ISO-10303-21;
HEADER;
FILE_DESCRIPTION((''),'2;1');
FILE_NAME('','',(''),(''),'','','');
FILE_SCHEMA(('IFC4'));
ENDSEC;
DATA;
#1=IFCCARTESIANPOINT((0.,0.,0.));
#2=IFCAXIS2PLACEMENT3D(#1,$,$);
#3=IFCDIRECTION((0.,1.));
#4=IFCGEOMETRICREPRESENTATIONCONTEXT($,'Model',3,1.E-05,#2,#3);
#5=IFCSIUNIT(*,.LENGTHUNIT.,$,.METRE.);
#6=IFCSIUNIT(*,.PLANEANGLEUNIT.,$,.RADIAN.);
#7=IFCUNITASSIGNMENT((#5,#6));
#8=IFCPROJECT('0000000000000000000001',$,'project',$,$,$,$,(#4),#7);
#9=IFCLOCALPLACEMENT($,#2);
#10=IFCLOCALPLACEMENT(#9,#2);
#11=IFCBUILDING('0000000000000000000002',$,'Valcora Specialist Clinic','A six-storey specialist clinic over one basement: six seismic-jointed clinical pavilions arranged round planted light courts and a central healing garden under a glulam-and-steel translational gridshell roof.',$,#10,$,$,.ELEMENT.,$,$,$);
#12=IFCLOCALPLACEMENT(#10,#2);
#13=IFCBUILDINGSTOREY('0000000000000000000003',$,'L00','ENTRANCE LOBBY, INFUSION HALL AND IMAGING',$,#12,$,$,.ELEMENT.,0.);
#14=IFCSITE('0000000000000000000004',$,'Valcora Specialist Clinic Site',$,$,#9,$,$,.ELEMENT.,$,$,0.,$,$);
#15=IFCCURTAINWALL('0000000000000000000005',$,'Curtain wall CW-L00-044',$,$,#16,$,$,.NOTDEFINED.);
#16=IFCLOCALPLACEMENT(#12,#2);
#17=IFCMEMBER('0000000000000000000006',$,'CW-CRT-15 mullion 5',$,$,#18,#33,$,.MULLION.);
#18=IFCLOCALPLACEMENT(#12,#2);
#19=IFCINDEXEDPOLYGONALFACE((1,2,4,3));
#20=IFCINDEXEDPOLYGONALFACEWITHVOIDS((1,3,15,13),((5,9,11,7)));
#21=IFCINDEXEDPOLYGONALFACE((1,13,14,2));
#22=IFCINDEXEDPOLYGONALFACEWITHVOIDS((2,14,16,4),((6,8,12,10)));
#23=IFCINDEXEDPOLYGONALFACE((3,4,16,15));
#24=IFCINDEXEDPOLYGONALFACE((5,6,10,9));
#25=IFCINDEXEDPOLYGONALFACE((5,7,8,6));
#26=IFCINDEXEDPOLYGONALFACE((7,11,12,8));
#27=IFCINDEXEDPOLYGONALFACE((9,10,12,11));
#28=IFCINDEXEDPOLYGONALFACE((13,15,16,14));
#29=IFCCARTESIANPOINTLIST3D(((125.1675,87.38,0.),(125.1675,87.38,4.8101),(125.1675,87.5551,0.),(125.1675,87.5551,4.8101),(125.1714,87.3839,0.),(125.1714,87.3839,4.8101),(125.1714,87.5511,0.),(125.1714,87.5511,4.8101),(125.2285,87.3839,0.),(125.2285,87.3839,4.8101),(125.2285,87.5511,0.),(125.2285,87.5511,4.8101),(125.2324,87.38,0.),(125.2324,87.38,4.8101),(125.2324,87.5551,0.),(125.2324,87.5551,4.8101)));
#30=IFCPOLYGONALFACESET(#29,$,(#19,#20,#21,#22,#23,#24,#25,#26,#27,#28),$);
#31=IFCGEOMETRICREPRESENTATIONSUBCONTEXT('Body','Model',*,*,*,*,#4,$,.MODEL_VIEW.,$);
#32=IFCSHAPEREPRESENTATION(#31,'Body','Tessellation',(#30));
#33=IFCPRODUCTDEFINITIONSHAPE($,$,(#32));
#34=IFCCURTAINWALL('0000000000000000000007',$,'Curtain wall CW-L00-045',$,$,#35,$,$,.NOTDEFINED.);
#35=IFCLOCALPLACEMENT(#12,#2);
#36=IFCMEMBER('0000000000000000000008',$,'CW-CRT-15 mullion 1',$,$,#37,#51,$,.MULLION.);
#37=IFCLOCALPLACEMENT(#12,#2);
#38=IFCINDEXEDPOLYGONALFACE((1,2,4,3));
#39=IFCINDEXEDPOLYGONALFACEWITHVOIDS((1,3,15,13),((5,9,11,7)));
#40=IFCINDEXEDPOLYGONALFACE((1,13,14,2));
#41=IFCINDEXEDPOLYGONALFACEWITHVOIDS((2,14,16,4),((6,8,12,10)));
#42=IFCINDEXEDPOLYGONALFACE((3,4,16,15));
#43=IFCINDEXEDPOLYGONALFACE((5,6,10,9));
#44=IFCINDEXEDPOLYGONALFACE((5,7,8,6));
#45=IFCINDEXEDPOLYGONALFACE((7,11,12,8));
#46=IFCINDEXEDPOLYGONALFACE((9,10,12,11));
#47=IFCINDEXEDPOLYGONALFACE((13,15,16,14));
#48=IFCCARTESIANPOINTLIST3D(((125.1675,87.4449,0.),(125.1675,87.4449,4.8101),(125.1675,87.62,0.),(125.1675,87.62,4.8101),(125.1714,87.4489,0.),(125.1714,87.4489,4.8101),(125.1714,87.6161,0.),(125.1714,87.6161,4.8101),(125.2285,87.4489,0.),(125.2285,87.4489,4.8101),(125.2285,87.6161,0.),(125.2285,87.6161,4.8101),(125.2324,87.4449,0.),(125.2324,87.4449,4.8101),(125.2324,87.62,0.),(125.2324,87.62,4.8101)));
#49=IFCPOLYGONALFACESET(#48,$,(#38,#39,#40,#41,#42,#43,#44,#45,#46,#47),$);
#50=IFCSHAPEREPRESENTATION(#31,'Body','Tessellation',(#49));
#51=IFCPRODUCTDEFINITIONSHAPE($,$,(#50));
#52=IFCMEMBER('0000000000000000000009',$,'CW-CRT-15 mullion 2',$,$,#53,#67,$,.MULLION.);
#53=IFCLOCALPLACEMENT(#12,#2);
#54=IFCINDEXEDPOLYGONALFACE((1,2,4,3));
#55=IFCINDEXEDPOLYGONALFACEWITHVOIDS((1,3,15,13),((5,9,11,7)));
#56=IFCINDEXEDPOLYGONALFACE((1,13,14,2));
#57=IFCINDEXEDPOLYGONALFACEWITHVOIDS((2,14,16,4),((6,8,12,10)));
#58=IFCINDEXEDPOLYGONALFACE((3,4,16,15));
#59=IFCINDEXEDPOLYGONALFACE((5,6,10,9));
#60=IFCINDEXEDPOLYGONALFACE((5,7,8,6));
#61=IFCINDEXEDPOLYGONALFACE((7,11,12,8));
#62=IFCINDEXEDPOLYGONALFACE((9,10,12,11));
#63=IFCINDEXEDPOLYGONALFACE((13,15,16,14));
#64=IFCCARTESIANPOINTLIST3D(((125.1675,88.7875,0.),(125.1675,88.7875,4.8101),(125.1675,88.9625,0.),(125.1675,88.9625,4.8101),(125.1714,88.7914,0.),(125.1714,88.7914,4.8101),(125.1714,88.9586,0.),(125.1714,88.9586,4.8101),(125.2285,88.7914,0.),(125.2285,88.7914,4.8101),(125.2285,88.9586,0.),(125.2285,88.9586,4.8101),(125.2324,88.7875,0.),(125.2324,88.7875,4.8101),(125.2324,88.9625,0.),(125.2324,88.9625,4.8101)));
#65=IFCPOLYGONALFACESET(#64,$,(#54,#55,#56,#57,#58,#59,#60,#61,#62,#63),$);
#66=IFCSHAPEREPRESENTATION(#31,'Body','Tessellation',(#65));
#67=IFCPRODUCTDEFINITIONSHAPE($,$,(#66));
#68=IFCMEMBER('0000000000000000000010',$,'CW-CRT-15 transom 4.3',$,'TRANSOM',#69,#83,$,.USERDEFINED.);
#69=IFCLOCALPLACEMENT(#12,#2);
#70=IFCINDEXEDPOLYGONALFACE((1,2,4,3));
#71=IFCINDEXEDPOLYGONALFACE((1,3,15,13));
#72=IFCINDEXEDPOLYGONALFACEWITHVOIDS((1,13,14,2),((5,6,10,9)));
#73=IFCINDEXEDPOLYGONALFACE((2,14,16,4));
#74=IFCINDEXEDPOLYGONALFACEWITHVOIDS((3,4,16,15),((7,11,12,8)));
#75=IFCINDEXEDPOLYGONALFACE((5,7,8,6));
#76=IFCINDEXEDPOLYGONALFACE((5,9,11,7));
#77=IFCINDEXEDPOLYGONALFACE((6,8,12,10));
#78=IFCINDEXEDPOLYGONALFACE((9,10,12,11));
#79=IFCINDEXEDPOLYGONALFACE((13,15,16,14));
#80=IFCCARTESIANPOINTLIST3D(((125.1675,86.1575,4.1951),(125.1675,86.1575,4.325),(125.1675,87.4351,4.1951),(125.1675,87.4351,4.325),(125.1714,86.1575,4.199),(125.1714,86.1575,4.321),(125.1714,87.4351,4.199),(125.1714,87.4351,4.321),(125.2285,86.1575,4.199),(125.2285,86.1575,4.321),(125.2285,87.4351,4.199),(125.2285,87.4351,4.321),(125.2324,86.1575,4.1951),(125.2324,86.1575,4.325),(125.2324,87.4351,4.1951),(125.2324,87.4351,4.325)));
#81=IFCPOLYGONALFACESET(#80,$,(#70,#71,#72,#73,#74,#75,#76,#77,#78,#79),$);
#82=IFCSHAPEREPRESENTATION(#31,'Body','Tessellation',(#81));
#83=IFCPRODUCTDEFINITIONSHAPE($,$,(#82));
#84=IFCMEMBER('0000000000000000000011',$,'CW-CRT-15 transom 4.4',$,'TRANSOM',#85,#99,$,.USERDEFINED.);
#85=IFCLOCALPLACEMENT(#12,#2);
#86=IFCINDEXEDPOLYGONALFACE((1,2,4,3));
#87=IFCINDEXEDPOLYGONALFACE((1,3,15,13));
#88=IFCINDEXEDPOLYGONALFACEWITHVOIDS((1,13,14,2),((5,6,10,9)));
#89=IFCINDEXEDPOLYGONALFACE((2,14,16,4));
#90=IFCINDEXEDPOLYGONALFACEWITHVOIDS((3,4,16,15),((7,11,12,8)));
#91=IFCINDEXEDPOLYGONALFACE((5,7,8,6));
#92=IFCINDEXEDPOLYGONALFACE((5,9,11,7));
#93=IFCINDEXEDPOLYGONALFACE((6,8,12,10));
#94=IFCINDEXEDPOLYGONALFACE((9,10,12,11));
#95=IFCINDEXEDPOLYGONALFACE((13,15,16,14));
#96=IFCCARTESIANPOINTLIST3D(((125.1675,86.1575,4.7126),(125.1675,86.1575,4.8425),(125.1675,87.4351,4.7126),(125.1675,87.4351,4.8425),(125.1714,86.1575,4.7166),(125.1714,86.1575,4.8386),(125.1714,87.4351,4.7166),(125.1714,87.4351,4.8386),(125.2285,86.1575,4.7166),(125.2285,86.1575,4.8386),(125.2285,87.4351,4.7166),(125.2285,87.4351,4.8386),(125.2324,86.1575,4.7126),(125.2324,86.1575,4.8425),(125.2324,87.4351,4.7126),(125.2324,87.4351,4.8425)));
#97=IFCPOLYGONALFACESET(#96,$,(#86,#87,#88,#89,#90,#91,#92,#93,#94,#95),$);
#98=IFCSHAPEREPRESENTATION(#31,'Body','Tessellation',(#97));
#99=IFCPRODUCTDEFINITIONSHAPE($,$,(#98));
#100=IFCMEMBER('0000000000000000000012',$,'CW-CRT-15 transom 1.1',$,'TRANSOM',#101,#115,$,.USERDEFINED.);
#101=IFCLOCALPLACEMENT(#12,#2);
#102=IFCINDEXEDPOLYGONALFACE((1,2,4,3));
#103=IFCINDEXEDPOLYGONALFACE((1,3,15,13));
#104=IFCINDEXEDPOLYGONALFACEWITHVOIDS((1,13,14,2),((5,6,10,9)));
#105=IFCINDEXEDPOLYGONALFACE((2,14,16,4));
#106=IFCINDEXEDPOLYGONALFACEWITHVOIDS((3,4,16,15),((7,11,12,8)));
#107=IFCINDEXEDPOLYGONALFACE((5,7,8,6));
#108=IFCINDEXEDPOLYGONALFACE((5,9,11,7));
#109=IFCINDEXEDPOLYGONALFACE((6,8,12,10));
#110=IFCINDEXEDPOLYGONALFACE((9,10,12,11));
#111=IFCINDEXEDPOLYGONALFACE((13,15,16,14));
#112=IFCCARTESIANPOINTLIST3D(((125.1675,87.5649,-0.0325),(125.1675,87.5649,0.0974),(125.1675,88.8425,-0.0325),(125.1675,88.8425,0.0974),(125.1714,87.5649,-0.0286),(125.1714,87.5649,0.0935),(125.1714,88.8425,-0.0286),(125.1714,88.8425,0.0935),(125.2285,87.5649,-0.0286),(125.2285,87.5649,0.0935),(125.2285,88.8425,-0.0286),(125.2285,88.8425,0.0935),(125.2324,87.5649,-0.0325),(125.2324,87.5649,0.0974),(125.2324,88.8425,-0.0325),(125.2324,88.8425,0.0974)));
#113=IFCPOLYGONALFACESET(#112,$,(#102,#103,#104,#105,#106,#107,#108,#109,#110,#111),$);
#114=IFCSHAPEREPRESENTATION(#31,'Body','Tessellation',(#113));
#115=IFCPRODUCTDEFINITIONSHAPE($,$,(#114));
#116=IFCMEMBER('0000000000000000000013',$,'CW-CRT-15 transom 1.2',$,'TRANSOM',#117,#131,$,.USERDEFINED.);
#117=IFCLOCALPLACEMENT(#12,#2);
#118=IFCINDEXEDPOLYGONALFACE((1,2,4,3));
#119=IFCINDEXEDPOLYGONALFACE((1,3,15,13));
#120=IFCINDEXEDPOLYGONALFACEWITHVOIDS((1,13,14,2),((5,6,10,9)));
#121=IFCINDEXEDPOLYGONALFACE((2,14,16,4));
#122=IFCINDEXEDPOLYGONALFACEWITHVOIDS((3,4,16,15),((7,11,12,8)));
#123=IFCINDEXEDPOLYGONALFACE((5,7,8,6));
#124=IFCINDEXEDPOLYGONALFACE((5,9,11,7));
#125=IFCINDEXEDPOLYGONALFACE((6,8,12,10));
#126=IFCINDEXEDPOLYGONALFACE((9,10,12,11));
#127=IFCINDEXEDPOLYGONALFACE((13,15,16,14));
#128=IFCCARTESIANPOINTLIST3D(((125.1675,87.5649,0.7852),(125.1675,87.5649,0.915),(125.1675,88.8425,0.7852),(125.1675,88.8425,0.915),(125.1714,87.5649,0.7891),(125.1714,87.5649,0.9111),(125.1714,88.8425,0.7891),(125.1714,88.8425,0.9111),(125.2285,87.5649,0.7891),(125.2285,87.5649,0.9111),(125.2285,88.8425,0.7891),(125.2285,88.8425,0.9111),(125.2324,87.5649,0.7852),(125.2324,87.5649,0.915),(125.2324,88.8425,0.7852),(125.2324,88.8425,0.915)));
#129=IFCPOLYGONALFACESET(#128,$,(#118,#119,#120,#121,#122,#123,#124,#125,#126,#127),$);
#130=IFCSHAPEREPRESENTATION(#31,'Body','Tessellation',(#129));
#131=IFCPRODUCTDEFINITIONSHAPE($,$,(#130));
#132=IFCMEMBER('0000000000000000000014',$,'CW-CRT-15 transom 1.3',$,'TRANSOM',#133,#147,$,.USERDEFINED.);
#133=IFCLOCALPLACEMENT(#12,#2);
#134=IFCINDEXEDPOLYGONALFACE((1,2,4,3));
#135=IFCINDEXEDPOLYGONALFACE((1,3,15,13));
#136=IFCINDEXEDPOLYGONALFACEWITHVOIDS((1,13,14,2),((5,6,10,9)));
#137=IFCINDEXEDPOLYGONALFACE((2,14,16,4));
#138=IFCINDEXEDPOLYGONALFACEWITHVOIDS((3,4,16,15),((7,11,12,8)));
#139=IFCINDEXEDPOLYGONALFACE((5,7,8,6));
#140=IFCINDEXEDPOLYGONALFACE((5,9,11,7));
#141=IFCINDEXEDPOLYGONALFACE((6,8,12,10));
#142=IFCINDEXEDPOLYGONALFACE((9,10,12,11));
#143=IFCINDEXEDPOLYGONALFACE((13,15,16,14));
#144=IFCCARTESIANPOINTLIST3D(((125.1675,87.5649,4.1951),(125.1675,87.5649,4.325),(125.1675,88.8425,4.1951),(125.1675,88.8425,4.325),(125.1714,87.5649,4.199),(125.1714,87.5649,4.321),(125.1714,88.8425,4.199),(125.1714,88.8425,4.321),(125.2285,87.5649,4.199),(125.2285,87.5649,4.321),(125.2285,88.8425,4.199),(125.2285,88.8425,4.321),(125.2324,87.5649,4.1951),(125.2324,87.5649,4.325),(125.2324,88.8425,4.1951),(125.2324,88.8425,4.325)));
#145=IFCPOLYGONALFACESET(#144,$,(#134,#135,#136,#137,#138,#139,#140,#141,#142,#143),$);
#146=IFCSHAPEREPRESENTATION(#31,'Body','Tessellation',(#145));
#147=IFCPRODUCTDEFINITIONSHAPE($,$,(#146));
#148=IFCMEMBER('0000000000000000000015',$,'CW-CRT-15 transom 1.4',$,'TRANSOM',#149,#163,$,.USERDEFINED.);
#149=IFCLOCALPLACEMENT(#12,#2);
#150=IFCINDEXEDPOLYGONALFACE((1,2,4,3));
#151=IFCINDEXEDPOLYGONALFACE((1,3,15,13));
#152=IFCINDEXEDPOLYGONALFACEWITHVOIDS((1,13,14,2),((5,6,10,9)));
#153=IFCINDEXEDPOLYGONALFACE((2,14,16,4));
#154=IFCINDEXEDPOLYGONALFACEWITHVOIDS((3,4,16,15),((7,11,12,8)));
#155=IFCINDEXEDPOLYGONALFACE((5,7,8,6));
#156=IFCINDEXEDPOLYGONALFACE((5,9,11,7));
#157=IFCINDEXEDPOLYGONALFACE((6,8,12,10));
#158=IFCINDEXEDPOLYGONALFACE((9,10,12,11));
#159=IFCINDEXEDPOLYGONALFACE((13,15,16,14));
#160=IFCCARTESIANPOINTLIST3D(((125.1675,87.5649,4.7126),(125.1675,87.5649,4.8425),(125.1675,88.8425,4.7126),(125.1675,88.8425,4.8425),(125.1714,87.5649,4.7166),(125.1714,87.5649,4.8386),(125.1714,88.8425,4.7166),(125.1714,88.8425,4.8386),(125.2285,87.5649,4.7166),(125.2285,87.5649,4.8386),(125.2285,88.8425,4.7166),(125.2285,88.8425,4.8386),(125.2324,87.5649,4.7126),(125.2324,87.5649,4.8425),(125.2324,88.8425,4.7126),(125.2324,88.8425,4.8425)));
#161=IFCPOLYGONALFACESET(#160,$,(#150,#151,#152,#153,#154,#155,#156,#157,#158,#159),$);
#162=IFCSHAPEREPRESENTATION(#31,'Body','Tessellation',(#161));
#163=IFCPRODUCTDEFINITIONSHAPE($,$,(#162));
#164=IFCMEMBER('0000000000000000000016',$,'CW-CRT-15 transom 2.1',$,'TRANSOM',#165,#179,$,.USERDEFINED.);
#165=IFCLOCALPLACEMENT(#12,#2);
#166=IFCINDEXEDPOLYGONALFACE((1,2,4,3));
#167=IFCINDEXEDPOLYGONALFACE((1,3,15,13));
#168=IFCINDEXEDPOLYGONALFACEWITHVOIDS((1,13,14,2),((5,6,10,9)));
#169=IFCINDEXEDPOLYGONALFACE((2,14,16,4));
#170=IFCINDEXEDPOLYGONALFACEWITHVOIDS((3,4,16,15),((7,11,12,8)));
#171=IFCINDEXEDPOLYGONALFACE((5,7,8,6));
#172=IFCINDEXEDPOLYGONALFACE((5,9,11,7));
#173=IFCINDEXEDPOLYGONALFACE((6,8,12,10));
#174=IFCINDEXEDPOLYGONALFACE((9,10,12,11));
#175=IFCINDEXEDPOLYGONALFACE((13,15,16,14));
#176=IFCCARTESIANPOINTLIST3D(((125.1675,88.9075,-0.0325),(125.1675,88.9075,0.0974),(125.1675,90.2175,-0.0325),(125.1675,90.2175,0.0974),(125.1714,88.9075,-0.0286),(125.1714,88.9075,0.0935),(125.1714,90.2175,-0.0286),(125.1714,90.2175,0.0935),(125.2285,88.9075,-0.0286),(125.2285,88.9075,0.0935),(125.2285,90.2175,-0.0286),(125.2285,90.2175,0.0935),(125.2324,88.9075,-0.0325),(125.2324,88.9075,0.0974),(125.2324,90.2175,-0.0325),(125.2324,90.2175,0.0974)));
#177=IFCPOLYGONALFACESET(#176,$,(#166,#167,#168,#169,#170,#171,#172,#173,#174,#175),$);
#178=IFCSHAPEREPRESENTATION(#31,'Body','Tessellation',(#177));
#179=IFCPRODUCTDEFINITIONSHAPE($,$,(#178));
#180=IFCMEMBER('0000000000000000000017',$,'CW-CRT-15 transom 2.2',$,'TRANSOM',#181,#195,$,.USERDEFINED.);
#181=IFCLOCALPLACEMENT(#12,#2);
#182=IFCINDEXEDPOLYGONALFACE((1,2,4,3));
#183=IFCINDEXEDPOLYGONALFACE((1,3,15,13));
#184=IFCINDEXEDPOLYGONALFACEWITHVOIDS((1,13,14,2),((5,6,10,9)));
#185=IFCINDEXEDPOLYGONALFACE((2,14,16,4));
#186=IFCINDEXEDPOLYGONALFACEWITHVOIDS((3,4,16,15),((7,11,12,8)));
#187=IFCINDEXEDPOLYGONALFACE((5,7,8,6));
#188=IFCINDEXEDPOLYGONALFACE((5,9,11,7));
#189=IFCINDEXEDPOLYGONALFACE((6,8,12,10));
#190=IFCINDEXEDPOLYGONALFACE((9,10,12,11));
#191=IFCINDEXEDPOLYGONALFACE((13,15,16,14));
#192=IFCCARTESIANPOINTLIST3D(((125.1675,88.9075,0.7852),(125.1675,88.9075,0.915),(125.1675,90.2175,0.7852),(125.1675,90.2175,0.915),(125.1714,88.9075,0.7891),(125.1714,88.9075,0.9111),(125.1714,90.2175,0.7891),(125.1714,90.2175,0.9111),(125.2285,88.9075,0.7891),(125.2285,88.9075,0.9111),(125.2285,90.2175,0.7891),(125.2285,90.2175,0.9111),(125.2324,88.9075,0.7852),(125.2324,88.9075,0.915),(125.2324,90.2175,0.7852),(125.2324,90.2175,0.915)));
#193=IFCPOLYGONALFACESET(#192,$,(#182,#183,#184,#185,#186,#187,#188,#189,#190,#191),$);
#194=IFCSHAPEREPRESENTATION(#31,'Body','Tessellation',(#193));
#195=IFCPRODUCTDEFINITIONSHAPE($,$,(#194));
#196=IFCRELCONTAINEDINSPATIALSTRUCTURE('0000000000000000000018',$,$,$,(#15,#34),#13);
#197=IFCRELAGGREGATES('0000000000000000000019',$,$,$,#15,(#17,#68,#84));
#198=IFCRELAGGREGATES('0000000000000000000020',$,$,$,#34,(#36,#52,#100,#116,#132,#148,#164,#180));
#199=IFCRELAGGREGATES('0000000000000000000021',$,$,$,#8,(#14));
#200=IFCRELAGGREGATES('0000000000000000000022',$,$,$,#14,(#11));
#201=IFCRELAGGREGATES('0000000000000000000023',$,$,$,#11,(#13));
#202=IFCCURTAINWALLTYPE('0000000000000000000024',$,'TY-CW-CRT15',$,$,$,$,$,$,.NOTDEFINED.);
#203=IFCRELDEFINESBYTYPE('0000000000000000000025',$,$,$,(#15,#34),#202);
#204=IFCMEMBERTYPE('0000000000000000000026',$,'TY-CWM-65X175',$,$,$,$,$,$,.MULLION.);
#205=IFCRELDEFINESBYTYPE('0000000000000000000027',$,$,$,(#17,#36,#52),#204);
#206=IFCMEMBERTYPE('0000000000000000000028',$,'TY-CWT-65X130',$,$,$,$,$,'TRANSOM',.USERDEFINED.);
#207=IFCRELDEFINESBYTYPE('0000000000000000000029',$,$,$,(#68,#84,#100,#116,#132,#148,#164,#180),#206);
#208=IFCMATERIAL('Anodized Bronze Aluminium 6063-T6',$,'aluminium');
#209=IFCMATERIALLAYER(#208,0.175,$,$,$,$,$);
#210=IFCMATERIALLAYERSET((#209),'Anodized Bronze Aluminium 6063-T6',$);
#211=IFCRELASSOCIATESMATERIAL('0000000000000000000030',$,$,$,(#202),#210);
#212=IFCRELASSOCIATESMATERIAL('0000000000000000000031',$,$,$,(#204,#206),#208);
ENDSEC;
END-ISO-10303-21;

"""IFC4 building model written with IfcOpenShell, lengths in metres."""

from ifc_helpers import new_model, si_unit, direction, frame, origin, origin_2d, place, context, subcontext, project, spatial, hollow_rectangle, extrude, material, layer, layer_set, material_profile, profile_set, type_object, element, aggregate, save


model = new_model("IFC4")

# Units and contexts
model_context = context("Model", 3, precision=1e-05, world=origin(), true_north=direction((0.0, 1.0)))
body_context = subcontext(model_context, "Body", "Model", "MODEL_VIEW")
ifc_project = project(units=[si_unit("LENGTHUNIT", "METRE"), si_unit("PLANEANGLEUNIT", "RADIAN")], contexts=[model_context])

# Site, building, storey
site_placement = place(None, origin())
site = spatial("IfcSite", under=ifc_project, at=site_placement, Name="Valcora Specialist Clinic Site", CompositionType="ELEMENT", RefElevation=0.0)
building_placement = place(site_placement, origin())
building = spatial("IfcBuilding", under=site, at=building_placement, Name="Valcora Specialist Clinic", Description="A six-storey specialist clinic over one basement: six seismic-jointed clinical pavilions arranged round planted light courts and a central healing garden under a glulam-and-steel translational gridshell roof.", CompositionType="ELEMENT")
storey_placement = place(building_placement, origin())
storey = spatial("IfcBuildingStorey", under=building, at=storey_placement, Name="L00", Description="ENTRANCE LOBBY, INFUSION HALL AND IMAGING", CompositionType="ELEMENT", Elevation=0.0)

# Curtain wall, member
ifc_material_1 = material(Name="Anodized Bronze Aluminium 6063-T6", Category="aluminium")
ifc_layer_1 = layer(ifc_material_1, 0.175)
ifc_layer_set_1 = layer_set([ifc_layer_1], Name="Anodized Bronze Aluminium 6063-T6")
curtain_wall_type = type_object("IfcCurtainWallType", Name="TY-CW-CRT15", PredefinedType="NOTDEFINED", material=ifc_layer_set_1)
curtain_wall_1_placement = place(storey_placement, origin())
curtain_wall_1 = element("IfcCurtainWall", 1, at=curtain_wall_1_placement, inside=storey, type_object=curtain_wall_type, Name="Curtain wall CW-L00-044", PredefinedType="NOTDEFINED")
ifc_material_profile_1 = material_profile(ifc_material_1, hollow_rectangle(XDim=0.0649, YDim=0.175, WallThickness=0.0039, at=origin_2d()), Name="AL-MUL-65X175")
ifc_profile_set_1 = profile_set([ifc_material_profile_1], Name="Anodized Bronze Aluminium 6063-T6")
member_type_1 = type_object("IfcMemberType", Name="TY-CWM-65X175", PredefinedType="MULLION", material=ifc_profile_set_1)
member_1_placement = place(storey_placement, frame((125.2, 87.4675, 0.0), z_axis=(0.0, 0.0, 1.0), x_axis=(-1.0, 0.0, 0.0)))
member_1 = element("IfcMember", 2, at=member_1_placement, type_object=member_type_1, Name="CW-CRT-15 mullion 5", PredefinedType="MULLION", context=body_context, shape_type="SweptSolid", body=[
    extrude(hollow_rectangle(XDim=0.0649, YDim=0.175, WallThickness=0.0039, at=origin_2d()), origin(), (0.0, 0.0, 1.0), 4.8101),
])

# Curtain wall, members
curtain_wall_2_placement = place(storey_placement, origin())
curtain_wall_2 = element("IfcCurtainWall", 3, at=curtain_wall_2_placement, inside=storey, type_object=curtain_wall_type, Name="Curtain wall CW-L00-045", PredefinedType="NOTDEFINED")
member_2_placement = place(storey_placement, frame((125.2, 87.5325, 0.0), z_axis=(0.0, 0.0, 1.0), x_axis=(-1.0, 0.0, 0.0)))
member_2 = element("IfcMember", 4, at=member_2_placement, type_object=member_type_1, Name="CW-CRT-15 mullion 1", PredefinedType="MULLION", context=body_context, shape_type="SweptSolid", body=[
    extrude(hollow_rectangle(XDim=0.0649, YDim=0.175, WallThickness=0.0039, at=origin_2d()), origin(), (0.0, 0.0, 1.0), 4.8101),
])
member_3_placement = place(storey_placement, frame((125.2, 88.875, 0.0), z_axis=(0.0, 0.0, 1.0), x_axis=(-1.0, 0.0, 0.0)))
member_3 = element("IfcMember", 5, at=member_3_placement, type_object=member_type_1, Name="CW-CRT-15 mullion 2", PredefinedType="MULLION", context=body_context, shape_type="SweptSolid", body=[
    extrude(hollow_rectangle(XDim=0.0649, YDim=0.175, WallThickness=0.0039, at=origin_2d()), origin(), (0.0, 0.0, 1.0), 4.8101),
])

# Members
ifc_material_profile_2 = material_profile(ifc_material_1, hollow_rectangle(XDim=0.0649, YDim=0.1299, WallThickness=0.0039, at=origin_2d()), Name="AL-TRN-65X130")
ifc_profile_set_2 = profile_set([ifc_material_profile_2], Name="Anodized Bronze Aluminium 6063-T6")
member_type_2 = type_object("IfcMemberType", Name="TY-CWT-65X130", ElementType="TRANSOM", PredefinedType="USERDEFINED", material=ifc_profile_set_2)
member_4_placement = place(storey_placement, frame((125.2, 86.1575, 4.26), z_axis=(0.0, 1.0, 0.0), x_axis=(-1.0, 0.0, 0.0)))
member_4 = element("IfcMember", 6, at=member_4_placement, type_object=member_type_2, Name="CW-CRT-15 transom 4.3", ObjectType="TRANSOM", PredefinedType="USERDEFINED", context=body_context, shape_type="SweptSolid", body=[
    extrude(hollow_rectangle(XDim=0.0649, YDim=0.1299, WallThickness=0.0039, at=origin_2d()), origin(), (0.0, 0.0, 1.0), 1.2776),
])
member_5_placement = place(storey_placement, frame((125.2, 86.1575, 4.7776), z_axis=(0.0, 1.0, 0.0), x_axis=(-1.0, 0.0, 0.0)))
member_5 = element("IfcMember", 7, at=member_5_placement, type_object=member_type_2, Name="CW-CRT-15 transom 4.4", ObjectType="TRANSOM", PredefinedType="USERDEFINED", context=body_context, shape_type="SweptSolid", body=[
    extrude(hollow_rectangle(XDim=0.0649, YDim=0.1299, WallThickness=0.0039, at=origin_2d()), origin(), (0.0, 0.0, 1.0), 1.2776),
])
member_6_placement = place(storey_placement, frame((125.2, 87.5649, 0.0325), z_axis=(0.0, 1.0, 0.0), x_axis=(-1.0, 0.0, 0.0)))
member_6 = element("IfcMember", 8, at=member_6_placement, type_object=member_type_2, Name="CW-CRT-15 transom 1.1", ObjectType="TRANSOM", PredefinedType="USERDEFINED", context=body_context, shape_type="SweptSolid", body=[
    extrude(hollow_rectangle(XDim=0.0649, YDim=0.1299, WallThickness=0.0039, at=origin_2d()), origin(), (0.0, 0.0, 1.0), 1.2776),
])
member_7_placement = place(storey_placement, frame((125.2, 87.5649, 0.8501), z_axis=(0.0, 1.0, 0.0), x_axis=(-1.0, 0.0, 0.0)))
member_7 = element("IfcMember", 9, at=member_7_placement, type_object=member_type_2, Name="CW-CRT-15 transom 1.2", ObjectType="TRANSOM", PredefinedType="USERDEFINED", context=body_context, shape_type="SweptSolid", body=[
    extrude(hollow_rectangle(XDim=0.0649, YDim=0.1299, WallThickness=0.0039, at=origin_2d()), origin(), (0.0, 0.0, 1.0), 1.2776),
])
member_8_placement = place(storey_placement, frame((125.2, 87.5649, 4.26), z_axis=(0.0, 1.0, 0.0), x_axis=(-1.0, 0.0, 0.0)))
member_8 = element("IfcMember", 10, at=member_8_placement, type_object=member_type_2, Name="CW-CRT-15 transom 1.3", ObjectType="TRANSOM", PredefinedType="USERDEFINED", context=body_context, shape_type="SweptSolid", body=[
    extrude(hollow_rectangle(XDim=0.0649, YDim=0.1299, WallThickness=0.0039, at=origin_2d()), origin(), (0.0, 0.0, 1.0), 1.2776),
])
member_9_placement = place(storey_placement, frame((125.2, 87.5649, 4.7776), z_axis=(0.0, 1.0, 0.0), x_axis=(-1.0, 0.0, 0.0)))
member_9 = element("IfcMember", 11, at=member_9_placement, type_object=member_type_2, Name="CW-CRT-15 transom 1.4", ObjectType="TRANSOM", PredefinedType="USERDEFINED", context=body_context, shape_type="SweptSolid", body=[
    extrude(hollow_rectangle(XDim=0.0649, YDim=0.1299, WallThickness=0.0039, at=origin_2d()), origin(), (0.0, 0.0, 1.0), 1.2776),
])
member_10_placement = place(storey_placement, frame((125.2, 88.9075, 0.0325), z_axis=(0.0, 1.0, 0.0), x_axis=(-1.0, 0.0, 0.0)))
member_10 = element("IfcMember", 12, at=member_10_placement, type_object=member_type_2, Name="CW-CRT-15 transom 2.1", ObjectType="TRANSOM", PredefinedType="USERDEFINED", context=body_context, shape_type="SweptSolid", body=[
    extrude(hollow_rectangle(XDim=0.0649, YDim=0.1299, WallThickness=0.0039, at=origin_2d()), origin(), (0.0, 0.0, 1.0), 1.3101),
])
member_11_placement = place(storey_placement, frame((125.2, 88.9075, 0.8501), z_axis=(0.0, 1.0, 0.0), x_axis=(-1.0, 0.0, 0.0)))
member_11 = element("IfcMember", 13, at=member_11_placement, type_object=member_type_2, Name="CW-CRT-15 transom 2.2", ObjectType="TRANSOM", PredefinedType="USERDEFINED", context=body_context, shape_type="SweptSolid", body=[
    extrude(hollow_rectangle(XDim=0.0649, YDim=0.1299, WallThickness=0.0039, at=origin_2d()), origin(), (0.0, 0.0, 1.0), 1.3101),
])

aggregate(curtain_wall_1, [member_1, member_4, member_5])
aggregate(curtain_wall_2, [member_2, member_3, member_6, member_7, member_8, member_9, member_10, member_11])

save(model, "model.ifc")
